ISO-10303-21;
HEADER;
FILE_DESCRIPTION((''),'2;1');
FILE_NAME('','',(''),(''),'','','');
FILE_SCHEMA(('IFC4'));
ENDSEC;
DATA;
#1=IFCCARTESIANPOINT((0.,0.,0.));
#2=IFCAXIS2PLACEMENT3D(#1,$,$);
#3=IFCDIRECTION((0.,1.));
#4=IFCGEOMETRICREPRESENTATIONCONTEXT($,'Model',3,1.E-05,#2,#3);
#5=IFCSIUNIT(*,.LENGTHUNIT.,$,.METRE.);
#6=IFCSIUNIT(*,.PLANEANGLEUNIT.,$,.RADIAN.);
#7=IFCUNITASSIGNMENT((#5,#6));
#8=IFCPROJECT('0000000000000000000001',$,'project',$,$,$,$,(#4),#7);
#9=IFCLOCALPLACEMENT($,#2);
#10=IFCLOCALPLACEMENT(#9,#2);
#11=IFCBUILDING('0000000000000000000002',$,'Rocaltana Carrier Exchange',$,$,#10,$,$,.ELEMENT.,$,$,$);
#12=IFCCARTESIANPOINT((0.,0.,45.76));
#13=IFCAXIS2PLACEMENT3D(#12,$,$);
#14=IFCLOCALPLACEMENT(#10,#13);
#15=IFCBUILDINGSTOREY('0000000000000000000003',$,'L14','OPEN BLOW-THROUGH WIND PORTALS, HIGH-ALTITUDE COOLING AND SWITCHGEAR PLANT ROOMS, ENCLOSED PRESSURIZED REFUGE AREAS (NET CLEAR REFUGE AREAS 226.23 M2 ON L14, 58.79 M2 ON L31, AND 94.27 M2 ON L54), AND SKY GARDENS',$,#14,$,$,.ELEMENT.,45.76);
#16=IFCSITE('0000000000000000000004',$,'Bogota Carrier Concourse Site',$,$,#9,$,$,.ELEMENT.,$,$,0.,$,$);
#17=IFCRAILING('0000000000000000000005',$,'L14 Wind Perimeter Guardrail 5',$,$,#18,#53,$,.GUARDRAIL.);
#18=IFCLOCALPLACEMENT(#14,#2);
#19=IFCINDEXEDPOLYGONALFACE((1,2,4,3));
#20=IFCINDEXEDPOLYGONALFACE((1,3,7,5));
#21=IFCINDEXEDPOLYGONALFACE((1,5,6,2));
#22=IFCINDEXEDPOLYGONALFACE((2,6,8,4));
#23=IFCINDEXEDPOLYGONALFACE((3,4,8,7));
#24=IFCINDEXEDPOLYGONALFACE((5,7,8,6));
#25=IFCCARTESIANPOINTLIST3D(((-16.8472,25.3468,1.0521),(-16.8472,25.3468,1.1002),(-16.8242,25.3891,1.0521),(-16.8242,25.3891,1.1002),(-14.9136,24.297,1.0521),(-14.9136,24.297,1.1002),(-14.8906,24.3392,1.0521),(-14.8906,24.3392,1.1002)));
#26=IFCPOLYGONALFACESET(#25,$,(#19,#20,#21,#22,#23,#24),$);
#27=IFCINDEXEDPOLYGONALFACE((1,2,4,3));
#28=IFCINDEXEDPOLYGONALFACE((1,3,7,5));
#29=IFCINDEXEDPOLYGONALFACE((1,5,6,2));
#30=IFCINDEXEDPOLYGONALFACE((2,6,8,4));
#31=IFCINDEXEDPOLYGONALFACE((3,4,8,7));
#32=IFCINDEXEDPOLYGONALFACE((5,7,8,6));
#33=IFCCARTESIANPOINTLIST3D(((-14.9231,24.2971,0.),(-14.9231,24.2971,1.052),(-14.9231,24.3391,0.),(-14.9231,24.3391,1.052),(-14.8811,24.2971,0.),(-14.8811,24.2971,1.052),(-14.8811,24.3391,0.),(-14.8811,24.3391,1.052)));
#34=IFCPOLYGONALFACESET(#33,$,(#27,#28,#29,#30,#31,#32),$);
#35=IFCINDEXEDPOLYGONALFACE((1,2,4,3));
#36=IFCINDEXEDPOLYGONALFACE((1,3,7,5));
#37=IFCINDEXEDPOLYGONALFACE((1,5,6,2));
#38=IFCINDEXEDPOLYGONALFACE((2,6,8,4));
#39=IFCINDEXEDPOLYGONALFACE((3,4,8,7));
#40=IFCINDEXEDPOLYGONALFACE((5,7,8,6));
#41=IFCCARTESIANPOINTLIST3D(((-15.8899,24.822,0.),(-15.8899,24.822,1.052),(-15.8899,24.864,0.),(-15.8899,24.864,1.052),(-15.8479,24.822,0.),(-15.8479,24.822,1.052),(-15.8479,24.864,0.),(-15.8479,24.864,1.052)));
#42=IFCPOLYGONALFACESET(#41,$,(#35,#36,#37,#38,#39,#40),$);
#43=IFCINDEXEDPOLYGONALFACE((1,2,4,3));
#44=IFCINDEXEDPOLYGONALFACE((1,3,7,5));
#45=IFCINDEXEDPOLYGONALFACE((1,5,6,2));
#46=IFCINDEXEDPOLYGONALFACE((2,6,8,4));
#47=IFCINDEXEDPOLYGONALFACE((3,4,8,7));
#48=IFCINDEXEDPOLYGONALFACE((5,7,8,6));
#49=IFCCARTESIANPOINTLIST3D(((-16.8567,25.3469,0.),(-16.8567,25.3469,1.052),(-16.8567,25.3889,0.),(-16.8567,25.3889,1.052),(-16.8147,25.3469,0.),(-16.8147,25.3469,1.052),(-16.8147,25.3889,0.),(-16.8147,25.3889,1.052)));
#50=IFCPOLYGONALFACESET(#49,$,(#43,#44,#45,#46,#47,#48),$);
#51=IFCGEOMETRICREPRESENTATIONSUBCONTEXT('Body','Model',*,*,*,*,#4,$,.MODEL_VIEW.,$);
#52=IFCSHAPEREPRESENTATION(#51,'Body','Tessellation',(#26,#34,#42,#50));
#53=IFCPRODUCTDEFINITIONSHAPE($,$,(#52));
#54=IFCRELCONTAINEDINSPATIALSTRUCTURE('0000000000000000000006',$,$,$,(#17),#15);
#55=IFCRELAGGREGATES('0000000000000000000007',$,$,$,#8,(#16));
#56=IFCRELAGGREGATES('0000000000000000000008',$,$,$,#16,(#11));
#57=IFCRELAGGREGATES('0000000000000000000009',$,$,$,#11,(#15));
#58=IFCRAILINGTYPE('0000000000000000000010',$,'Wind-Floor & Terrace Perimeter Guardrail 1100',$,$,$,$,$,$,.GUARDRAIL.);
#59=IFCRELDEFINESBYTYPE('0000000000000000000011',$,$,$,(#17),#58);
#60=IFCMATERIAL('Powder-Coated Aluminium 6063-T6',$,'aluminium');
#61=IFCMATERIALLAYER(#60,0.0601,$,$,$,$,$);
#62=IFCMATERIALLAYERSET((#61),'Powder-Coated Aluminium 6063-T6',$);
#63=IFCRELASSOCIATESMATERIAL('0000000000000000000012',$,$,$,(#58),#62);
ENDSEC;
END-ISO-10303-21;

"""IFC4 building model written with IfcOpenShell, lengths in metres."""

from ifc_helpers import new_model, si_unit, direction, frame, origin, origin_2d, place, context, subcontext, project, spatial, rectangle, extrude, material, layer, layer_set, type_object, element, save


model = new_model("IFC4")

# Units and contexts
model_context = context("Model", 3, precision=1e-05, world=origin(), true_north=direction((0.0, 1.0)))
body_context = subcontext(model_context, "Body", "Model", "MODEL_VIEW")
ifc_project = project(units=[si_unit("LENGTHUNIT", "METRE"), si_unit("PLANEANGLEUNIT", "RADIAN")], contexts=[model_context])

# Site, building, storey
site_placement = place(None, origin())
site = spatial("IfcSite", under=ifc_project, at=site_placement, Name="Bogota Carrier Concourse Site", CompositionType="ELEMENT", RefElevation=0.0)
building_placement = place(site_placement, origin())
building = spatial("IfcBuilding", under=site, at=building_placement, Name="Rocaltana Carrier Exchange", CompositionType="ELEMENT")
storey_placement = place(building_placement, frame((0.0, 0.0, 45.76)))
storey = spatial("IfcBuildingStorey", under=building, at=storey_placement, Name="L14", Description="OPEN BLOW-THROUGH WIND PORTALS, HIGH-ALTITUDE COOLING AND SWITCHGEAR PLANT ROOMS, ENCLOSED PRESSURIZED REFUGE AREAS (NET CLEAR REFUGE AREAS 226.23 M2 ON L14, 58.79 M2 ON L31, AND 94.27 M2 ON L54), AND SKY GARDENS", CompositionType="ELEMENT", Elevation=45.76)

# Railing
ifc_material_1 = material(Name="Powder-Coated Aluminium 6063-T6", Category="aluminium")
ifc_layer_1 = layer(ifc_material_1, 0.0601)
ifc_layer_set_1 = layer_set([ifc_layer_1], Name="Powder-Coated Aluminium 6063-T6")
railing_type = type_object("IfcRailingType", Name="Wind-Floor & Terrace Perimeter Guardrail 1100", PredefinedType="GUARDRAIL", material=ifc_layer_set_1)
railing_1_placement = place(storey_placement, frame((-14.9021, 24.3181, 0.0)))
element("IfcRailing", 1, at=railing_1_placement, inside=storey, type_object=railing_type, Name="L14 Wind Perimeter Guardrail 5", PredefinedType="GUARDRAIL", context=body_context, shape_type="SweptSolid", body=[
    extrude(rectangle(XDim=0.0481, YDim=0.0481, at=origin_2d()), frame((0.0, 0.0, 1.0762), z_axis=(-0.878827, 0.477141, 0.0), x_axis=(-0.477141, -0.878827, 0.0)), (0.0, 0.0, 1.0), 2.2002),
    extrude(rectangle(XDim=0.042, YDim=0.042, at=origin_2d()), origin(), (0.0, 0.0, 1.0), 1.052),
    extrude(rectangle(XDim=0.042, YDim=0.042, at=origin_2d()), frame((-0.9668, 0.5249, 0.0)), (0.0, 0.0, 1.0), 1.052),
    extrude(rectangle(XDim=0.042, YDim=0.042, at=origin_2d()), frame((-1.9336, 1.0498, 0.0)), (0.0, 0.0, 1.0), 1.052),
])

save(model, "model.ifc")
